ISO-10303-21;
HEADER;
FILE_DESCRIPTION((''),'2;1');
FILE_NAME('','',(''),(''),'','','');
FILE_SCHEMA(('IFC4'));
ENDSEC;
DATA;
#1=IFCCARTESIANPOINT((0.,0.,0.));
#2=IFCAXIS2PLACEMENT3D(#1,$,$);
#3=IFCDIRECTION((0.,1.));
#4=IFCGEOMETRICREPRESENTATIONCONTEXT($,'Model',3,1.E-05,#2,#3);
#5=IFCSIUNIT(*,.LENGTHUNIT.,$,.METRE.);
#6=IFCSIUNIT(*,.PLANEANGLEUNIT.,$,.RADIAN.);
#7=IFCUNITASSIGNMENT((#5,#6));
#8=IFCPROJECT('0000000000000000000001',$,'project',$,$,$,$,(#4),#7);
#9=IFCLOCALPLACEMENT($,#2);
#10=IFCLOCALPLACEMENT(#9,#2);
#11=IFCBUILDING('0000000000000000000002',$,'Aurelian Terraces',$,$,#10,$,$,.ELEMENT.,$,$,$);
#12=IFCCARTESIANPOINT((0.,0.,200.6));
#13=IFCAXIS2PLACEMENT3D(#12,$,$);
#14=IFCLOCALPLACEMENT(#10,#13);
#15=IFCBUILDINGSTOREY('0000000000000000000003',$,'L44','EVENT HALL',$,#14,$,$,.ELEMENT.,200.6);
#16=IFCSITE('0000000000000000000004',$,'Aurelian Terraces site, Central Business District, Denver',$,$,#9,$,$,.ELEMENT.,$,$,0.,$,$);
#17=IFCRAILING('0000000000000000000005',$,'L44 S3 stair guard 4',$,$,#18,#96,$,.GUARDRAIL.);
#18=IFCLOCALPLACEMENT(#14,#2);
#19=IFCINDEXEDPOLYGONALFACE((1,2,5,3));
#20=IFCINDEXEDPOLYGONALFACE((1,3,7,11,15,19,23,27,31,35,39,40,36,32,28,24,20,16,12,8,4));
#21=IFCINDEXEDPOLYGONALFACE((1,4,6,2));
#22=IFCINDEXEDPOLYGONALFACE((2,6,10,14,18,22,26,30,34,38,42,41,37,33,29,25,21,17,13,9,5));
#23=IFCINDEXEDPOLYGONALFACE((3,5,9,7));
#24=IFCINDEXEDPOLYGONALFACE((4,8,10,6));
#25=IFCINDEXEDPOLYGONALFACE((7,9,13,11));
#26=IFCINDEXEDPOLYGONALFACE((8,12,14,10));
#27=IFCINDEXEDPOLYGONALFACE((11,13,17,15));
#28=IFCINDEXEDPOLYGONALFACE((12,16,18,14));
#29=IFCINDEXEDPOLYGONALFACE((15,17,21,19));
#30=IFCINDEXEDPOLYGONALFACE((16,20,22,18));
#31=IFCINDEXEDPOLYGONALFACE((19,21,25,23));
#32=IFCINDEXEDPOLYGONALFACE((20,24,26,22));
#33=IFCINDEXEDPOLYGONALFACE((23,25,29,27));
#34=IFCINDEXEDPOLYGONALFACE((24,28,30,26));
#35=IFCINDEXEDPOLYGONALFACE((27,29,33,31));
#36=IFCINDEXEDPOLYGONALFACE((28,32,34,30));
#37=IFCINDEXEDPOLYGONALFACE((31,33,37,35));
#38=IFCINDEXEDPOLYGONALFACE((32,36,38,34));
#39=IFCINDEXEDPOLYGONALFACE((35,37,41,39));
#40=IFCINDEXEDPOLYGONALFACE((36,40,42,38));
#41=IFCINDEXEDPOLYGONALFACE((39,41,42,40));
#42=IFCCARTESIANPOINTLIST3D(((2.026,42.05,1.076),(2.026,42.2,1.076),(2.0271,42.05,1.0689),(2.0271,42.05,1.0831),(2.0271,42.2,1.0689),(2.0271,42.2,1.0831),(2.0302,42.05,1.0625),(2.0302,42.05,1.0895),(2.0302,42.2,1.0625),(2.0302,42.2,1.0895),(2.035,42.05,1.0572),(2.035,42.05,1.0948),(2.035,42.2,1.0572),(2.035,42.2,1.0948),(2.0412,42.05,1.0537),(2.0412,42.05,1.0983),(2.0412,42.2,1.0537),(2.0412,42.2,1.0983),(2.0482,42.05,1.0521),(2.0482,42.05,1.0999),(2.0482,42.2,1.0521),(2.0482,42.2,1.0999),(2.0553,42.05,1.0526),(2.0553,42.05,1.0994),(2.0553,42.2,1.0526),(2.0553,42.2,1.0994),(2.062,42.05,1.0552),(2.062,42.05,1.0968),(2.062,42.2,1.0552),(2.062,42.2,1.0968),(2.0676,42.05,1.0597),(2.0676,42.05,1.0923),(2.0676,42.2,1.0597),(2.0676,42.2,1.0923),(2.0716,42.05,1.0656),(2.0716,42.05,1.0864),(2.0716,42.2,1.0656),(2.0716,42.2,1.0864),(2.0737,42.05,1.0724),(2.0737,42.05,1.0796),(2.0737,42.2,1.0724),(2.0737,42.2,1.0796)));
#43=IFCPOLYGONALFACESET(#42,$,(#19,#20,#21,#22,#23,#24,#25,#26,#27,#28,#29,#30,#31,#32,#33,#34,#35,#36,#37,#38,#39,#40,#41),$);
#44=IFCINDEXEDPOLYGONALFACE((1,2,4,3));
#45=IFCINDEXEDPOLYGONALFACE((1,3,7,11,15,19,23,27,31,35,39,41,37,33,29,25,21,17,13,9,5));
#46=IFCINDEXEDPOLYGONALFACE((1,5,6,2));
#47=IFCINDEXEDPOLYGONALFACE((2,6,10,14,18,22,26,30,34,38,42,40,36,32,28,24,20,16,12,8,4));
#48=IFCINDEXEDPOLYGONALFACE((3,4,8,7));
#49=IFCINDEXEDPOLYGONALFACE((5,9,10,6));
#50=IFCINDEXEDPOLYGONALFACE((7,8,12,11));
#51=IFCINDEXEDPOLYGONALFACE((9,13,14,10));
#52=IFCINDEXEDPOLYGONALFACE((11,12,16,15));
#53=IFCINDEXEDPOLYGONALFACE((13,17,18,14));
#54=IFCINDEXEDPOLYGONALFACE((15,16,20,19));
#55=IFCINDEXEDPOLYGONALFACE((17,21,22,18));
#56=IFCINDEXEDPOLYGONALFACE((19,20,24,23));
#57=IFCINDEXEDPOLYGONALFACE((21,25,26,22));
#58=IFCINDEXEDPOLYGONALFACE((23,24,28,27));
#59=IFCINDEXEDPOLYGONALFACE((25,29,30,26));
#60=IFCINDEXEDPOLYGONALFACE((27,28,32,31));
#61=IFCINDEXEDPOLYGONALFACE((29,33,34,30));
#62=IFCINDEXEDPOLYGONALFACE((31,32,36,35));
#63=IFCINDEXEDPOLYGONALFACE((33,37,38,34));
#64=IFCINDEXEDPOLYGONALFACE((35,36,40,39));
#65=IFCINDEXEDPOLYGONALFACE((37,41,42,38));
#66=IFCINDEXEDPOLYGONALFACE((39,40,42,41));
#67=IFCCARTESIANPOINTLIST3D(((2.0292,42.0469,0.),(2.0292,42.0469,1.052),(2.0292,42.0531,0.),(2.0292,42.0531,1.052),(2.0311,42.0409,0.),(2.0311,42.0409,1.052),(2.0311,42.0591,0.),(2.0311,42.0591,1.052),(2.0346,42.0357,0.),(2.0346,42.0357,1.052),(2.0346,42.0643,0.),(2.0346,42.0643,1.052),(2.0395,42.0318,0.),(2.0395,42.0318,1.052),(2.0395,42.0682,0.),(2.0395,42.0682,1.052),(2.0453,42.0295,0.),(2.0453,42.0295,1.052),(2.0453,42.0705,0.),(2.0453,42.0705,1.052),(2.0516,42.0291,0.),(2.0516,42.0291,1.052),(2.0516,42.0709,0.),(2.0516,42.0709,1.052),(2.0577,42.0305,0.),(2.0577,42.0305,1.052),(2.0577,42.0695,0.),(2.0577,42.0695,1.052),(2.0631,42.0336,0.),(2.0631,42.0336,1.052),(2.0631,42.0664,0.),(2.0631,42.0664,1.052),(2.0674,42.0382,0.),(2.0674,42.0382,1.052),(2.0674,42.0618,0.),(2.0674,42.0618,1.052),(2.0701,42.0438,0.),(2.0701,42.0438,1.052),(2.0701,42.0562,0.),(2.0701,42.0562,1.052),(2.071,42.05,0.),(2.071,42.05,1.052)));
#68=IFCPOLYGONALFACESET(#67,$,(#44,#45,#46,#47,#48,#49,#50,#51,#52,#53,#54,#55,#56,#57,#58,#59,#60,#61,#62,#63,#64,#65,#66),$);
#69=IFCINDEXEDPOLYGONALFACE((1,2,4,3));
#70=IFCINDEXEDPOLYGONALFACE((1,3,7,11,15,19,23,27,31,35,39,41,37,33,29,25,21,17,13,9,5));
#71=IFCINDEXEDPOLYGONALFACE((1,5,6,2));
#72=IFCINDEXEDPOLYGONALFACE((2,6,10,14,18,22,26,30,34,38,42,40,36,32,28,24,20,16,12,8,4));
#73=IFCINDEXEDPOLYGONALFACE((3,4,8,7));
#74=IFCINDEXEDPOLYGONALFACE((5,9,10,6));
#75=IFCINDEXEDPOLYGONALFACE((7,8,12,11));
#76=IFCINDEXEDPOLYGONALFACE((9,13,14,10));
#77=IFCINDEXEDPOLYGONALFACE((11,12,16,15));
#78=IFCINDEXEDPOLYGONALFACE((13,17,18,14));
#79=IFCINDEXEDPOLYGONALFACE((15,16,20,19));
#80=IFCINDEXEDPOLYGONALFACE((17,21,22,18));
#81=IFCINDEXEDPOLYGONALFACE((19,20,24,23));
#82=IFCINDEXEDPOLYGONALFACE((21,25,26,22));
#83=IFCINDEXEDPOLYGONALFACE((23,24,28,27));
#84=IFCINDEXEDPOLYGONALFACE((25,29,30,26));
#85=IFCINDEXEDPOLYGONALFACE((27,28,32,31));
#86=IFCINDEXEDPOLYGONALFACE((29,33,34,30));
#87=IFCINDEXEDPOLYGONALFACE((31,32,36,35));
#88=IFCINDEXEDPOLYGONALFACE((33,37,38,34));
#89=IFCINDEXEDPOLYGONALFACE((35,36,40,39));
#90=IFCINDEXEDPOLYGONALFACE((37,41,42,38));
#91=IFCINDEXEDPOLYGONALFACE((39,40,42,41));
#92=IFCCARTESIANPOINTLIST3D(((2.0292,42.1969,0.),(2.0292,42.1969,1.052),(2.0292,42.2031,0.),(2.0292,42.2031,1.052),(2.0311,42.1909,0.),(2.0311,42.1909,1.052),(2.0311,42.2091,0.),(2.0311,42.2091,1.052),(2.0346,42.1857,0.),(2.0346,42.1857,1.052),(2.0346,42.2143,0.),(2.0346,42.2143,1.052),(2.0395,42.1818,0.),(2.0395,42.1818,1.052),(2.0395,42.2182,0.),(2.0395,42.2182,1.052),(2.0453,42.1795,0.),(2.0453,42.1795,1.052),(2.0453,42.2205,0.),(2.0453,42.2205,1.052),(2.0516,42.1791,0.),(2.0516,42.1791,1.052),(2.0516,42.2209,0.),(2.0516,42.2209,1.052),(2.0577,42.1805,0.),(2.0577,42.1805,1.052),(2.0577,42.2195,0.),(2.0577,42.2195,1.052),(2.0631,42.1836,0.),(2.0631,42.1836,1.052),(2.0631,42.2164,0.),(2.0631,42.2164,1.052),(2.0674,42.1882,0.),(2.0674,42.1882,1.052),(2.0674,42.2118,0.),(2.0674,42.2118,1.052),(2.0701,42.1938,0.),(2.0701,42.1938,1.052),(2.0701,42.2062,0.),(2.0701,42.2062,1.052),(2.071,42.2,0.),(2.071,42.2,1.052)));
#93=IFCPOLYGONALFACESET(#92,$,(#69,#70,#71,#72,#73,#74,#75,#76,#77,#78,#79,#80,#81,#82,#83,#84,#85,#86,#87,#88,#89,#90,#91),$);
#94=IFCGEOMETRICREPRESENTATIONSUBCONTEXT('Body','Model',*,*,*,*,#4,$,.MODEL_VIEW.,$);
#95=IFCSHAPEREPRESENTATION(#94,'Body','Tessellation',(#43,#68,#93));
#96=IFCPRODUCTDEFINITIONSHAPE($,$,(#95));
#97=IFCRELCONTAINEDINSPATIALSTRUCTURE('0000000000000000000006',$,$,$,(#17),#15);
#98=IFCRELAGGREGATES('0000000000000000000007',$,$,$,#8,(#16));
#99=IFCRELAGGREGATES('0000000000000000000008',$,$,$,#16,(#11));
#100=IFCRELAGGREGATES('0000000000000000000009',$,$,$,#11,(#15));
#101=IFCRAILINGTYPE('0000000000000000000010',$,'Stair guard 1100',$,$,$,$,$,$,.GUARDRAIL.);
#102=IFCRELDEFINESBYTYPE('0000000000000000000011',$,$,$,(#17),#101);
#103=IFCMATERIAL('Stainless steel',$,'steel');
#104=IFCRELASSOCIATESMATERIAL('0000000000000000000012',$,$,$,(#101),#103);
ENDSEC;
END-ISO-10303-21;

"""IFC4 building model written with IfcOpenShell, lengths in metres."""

from ifc_helpers import new_model, si_unit, direction, frame, origin, origin_2d, place, context, subcontext, project, spatial, circle, extrude, source, transform, mapped, material, type_object, element, save


model = new_model("IFC4")

# Units and contexts
model_context = context("Model", 3, precision=1e-05, world=origin(), true_north=direction((0.0, 1.0)))
body_context = subcontext(model_context, "Body", "Model", "MODEL_VIEW")
ifc_project = project(units=[si_unit("LENGTHUNIT", "METRE"), si_unit("PLANEANGLEUNIT", "RADIAN")], contexts=[model_context])

# Site, building, storey
site_placement = place(None, origin())
site = spatial("IfcSite", under=ifc_project, at=site_placement, Name="Aurelian Terraces site, Central Business District, Denver", CompositionType="ELEMENT", RefElevation=0.0)
building_placement = place(site_placement, origin())
building = spatial("IfcBuilding", under=site, at=building_placement, Name="Aurelian Terraces", CompositionType="ELEMENT")
storey_placement = place(building_placement, frame((0.0, 0.0, 200.6)))
storey = spatial("IfcBuildingStorey", under=building, at=storey_placement, Name="L44", Description="EVENT HALL", CompositionType="ELEMENT", Elevation=200.6)

# Railing
ifc_material_1 = material(Name="Stainless steel", Category="steel")
railing_type_1 = type_object("IfcRailingType", Name="Stair guard 1100", PredefinedType="GUARDRAIL", material=ifc_material_1)
shared_shape_1 = source(origin(), body_context, "Body", "SweptSolid", [
    extrude(circle(Radius=0.024, at=origin_2d()), frame((0.0, 0.0, 1.076), z_axis=(0.0, 1.0, 0.0), x_axis=(-1.0, 0.0, 0.0)), (0.0, 0.0, 1.0), 0.15),
    extrude(circle(Radius=0.021, at=origin_2d()), origin(), (0.0, 0.0, 1.0), 1.052),
    extrude(circle(Radius=0.021, at=origin_2d()), frame((0.0, 0.15, 0.0)), (0.0, 0.0, 1.0), 1.052),
])
for number, where, name in (
    (1, (2.05, 42.05, 0.0), "L44 S3 stair guard 4"),
):
    element("IfcRailing", number, at=place(storey_placement, frame(where)), inside=storey, type_object=railing_type_1, Name=name, PredefinedType="GUARDRAIL", context=body_context, shape_type="MappedRepresentation", body=[
        mapped(shared_shape_1, transform((0.0, 0.0, 0.0), scale=1.0)),
    ])

save(model, "model.ifc")
